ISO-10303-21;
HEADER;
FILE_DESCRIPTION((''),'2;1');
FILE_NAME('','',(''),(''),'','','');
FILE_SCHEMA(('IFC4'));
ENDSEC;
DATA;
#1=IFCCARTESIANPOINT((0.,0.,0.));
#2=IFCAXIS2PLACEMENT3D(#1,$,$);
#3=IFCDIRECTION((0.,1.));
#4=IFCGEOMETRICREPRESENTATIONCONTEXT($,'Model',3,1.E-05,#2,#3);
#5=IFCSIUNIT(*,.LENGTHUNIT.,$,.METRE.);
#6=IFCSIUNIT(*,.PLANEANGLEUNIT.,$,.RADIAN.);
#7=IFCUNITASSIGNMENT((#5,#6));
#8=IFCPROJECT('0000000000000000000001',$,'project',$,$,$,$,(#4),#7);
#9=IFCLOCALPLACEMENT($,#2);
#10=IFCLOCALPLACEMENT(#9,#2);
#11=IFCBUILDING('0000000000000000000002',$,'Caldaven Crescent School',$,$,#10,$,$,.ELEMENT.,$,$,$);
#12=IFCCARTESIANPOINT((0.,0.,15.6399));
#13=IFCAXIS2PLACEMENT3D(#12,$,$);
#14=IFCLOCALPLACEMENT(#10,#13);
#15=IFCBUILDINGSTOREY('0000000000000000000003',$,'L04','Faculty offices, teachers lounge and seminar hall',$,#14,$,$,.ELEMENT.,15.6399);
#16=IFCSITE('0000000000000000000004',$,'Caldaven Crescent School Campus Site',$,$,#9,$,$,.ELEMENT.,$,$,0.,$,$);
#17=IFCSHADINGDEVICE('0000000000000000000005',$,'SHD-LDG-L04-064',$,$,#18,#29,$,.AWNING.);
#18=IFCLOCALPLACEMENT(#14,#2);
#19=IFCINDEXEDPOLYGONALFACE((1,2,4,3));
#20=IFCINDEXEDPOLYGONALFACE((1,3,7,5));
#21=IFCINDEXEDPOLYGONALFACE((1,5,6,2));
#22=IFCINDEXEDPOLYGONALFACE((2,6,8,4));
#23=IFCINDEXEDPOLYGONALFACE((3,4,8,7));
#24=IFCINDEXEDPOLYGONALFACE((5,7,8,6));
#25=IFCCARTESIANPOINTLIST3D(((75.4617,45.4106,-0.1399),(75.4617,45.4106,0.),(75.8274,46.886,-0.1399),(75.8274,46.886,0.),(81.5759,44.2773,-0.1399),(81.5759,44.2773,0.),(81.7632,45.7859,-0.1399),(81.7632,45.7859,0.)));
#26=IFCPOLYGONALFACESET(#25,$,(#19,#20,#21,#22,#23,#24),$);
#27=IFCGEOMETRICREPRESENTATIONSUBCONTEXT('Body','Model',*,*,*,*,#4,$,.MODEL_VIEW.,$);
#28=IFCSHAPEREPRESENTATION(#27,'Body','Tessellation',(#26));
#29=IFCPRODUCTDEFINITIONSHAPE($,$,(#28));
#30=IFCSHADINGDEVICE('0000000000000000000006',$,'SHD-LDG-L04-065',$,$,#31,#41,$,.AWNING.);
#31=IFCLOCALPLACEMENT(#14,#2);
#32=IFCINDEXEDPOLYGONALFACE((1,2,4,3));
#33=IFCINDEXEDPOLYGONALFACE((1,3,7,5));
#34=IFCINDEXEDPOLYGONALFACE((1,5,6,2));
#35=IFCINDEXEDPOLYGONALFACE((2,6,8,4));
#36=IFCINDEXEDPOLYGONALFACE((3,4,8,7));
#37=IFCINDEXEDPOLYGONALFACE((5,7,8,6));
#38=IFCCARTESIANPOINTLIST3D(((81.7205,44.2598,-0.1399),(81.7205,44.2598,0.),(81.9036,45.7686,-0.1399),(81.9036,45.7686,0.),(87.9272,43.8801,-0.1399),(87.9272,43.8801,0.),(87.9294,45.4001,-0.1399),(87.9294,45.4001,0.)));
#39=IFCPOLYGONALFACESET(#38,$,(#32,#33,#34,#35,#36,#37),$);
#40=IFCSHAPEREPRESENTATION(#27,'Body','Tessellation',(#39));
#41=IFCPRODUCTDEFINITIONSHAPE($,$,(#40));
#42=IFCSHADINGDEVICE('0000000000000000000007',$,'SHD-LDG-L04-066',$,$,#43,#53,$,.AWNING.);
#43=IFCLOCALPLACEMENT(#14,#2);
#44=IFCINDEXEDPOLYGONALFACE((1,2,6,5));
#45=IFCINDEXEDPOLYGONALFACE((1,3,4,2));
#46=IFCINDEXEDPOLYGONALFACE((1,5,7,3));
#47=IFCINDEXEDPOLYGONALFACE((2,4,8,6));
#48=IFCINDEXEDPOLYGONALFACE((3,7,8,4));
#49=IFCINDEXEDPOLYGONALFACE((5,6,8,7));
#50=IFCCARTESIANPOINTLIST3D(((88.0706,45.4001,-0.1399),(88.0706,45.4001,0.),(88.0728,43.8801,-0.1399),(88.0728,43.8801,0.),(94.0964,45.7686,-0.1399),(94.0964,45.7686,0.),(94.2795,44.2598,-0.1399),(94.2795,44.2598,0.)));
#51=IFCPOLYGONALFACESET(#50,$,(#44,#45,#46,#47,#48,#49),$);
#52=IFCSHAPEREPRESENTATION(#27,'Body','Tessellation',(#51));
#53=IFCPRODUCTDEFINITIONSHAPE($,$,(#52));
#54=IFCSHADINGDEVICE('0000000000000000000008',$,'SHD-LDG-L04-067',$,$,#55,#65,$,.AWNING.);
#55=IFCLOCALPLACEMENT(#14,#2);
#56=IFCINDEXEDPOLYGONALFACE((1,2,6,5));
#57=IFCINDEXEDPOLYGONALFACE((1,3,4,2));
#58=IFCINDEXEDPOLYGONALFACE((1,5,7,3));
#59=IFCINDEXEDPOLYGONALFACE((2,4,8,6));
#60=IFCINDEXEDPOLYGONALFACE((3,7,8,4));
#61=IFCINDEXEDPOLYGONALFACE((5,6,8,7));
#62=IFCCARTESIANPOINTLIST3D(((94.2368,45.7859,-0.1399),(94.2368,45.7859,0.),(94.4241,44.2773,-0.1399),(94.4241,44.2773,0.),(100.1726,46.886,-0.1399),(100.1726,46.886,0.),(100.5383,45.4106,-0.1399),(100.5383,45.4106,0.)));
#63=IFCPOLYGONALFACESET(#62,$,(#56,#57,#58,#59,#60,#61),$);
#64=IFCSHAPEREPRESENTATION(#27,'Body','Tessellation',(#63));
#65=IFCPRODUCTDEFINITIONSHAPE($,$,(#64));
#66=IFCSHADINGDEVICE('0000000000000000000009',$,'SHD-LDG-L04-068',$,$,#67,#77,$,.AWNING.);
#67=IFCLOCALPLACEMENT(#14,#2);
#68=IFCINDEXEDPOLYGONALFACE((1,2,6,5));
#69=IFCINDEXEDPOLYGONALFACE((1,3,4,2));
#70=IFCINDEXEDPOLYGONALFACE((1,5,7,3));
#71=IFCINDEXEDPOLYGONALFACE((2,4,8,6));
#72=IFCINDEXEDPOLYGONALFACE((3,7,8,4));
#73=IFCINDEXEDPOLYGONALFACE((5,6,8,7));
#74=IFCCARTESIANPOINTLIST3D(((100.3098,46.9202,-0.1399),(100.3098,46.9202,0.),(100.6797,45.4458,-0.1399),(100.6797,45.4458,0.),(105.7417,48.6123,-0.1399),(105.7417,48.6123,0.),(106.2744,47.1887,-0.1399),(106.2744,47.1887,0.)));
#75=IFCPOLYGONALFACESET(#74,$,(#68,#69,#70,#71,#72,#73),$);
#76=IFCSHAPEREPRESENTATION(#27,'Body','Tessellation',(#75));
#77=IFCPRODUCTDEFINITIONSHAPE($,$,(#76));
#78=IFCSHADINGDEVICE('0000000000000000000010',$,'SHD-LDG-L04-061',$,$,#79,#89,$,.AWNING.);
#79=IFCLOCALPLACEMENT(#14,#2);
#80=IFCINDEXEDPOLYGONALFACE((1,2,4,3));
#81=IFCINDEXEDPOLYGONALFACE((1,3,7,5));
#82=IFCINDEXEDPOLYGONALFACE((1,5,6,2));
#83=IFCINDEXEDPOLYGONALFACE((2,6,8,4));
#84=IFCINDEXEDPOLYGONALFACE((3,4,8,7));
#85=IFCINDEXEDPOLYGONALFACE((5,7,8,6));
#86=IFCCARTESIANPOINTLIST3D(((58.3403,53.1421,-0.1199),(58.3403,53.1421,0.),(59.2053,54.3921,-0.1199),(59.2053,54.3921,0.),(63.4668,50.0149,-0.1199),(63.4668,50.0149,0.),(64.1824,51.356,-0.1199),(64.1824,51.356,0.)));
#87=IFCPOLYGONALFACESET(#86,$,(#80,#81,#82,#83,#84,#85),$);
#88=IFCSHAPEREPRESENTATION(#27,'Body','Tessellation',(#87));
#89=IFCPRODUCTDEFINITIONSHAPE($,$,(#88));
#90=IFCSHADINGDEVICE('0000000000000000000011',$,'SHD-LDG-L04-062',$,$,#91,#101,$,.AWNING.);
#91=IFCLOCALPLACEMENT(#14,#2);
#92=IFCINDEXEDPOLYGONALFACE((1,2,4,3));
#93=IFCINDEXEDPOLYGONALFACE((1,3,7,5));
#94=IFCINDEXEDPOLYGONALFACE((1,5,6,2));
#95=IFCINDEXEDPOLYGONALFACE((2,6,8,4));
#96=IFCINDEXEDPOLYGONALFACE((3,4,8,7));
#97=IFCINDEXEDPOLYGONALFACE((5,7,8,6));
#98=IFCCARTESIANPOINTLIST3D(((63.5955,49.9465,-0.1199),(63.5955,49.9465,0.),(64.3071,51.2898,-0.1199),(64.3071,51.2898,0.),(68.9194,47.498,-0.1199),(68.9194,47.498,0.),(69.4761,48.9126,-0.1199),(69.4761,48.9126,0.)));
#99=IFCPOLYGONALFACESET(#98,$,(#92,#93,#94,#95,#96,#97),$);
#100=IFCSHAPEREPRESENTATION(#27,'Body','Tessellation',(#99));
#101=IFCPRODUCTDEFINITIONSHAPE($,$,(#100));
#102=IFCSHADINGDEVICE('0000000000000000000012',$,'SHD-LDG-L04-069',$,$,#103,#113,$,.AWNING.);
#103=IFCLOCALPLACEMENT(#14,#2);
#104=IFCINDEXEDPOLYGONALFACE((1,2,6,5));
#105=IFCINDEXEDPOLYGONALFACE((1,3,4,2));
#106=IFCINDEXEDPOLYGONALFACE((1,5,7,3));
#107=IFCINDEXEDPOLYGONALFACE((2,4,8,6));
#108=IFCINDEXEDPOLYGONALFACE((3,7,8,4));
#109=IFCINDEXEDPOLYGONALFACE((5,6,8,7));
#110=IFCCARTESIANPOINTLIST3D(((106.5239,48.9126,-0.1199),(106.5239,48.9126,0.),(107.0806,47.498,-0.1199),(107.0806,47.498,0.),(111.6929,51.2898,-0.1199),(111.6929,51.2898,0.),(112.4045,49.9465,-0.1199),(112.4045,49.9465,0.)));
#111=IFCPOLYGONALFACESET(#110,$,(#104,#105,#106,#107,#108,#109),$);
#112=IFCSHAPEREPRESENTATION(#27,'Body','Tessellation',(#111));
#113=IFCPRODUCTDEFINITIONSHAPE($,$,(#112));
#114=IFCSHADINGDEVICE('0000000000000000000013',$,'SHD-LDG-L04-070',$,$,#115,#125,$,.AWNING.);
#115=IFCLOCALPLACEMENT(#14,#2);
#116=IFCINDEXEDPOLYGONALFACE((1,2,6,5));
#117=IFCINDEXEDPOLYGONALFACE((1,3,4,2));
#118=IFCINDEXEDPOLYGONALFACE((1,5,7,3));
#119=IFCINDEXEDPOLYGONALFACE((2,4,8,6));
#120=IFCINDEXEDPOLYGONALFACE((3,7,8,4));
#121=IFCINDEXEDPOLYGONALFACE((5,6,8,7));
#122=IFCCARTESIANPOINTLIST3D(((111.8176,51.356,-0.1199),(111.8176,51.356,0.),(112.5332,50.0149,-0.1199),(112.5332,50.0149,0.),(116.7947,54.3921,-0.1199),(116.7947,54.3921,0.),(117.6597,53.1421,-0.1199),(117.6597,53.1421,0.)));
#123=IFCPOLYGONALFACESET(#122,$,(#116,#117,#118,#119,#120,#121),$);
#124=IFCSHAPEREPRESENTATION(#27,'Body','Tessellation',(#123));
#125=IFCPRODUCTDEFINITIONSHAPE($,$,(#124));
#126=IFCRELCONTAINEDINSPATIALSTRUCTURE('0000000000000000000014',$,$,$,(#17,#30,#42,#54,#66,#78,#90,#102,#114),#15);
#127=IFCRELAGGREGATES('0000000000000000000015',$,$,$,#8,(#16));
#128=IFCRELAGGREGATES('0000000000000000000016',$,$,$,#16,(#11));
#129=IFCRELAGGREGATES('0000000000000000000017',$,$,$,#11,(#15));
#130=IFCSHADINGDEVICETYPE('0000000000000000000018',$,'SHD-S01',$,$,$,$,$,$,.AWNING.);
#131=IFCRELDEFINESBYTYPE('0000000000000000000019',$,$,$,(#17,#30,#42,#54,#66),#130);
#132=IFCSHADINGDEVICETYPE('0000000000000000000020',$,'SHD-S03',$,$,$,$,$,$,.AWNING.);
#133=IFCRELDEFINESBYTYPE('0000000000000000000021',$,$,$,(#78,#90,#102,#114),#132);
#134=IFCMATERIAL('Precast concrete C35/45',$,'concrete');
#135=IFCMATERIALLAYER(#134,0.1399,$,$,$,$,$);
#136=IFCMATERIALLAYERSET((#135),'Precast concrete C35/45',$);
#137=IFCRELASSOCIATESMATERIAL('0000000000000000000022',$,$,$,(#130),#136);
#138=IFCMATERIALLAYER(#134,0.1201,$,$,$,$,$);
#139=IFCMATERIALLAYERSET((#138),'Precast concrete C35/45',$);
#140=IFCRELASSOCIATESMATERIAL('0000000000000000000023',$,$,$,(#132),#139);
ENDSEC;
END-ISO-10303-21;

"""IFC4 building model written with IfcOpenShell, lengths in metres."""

from ifc_helpers import new_model, si_unit, direction, frame, origin, place, context, subcontext, project, spatial, polyline, outline, extrude, material, layer, layer_set, type_object, element, save


model = new_model("IFC4")

# Units and contexts
model_context = context("Model", 3, precision=1e-05, world=origin(), true_north=direction((0.0, 1.0)))
body_context = subcontext(model_context, "Body", "Model", "MODEL_VIEW")
ifc_project = project(units=[si_unit("LENGTHUNIT", "METRE"), si_unit("PLANEANGLEUNIT", "RADIAN")], contexts=[model_context])

# Site, building, storey
site_placement = place(None, origin())
site = spatial("IfcSite", under=ifc_project, at=site_placement, Name="Caldaven Crescent School Campus Site", CompositionType="ELEMENT", RefElevation=0.0)
building_placement = place(site_placement, origin())
building = spatial("IfcBuilding", under=site, at=building_placement, Name="Caldaven Crescent School", CompositionType="ELEMENT")
storey_placement = place(building_placement, frame((0.0, 0.0, 15.6399)))
storey = spatial("IfcBuildingStorey", under=building, at=storey_placement, Name="L04", Description="Faculty offices, teachers lounge and seminar hall", CompositionType="ELEMENT", Elevation=15.6399)

# Shading devices
ifc_material_1 = material(Name="Precast concrete C35/45", Category="concrete")
ifc_layer_1 = layer(ifc_material_1, 0.1399)
ifc_layer_set_1 = layer_set([ifc_layer_1], Name="Precast concrete C35/45")
shading_device_type_1 = type_object("IfcShadingDeviceType", Name="SHD-S01", PredefinedType="AWNING", material=ifc_layer_set_1)
shading_device_1_placement = place(storey_placement, frame((0.0, 0.0, -0.1399)))
element("IfcShadingDevice", 1, at=shading_device_1_placement, inside=storey, type_object=shading_device_type_1, Name="SHD-LDG-L04-064", PredefinedType="AWNING", context=body_context, shape_type="SweptSolid", body=[
    extrude(outline(polyline([(75.8274, 46.886), (81.7632, 45.7859), (81.5759, 44.2773), (75.4617, 45.4106), (75.8274, 46.886)])), origin(), (0.0, 0.0, 1.0), 0.1399),
])
shading_device_2_placement = place(storey_placement, frame((0.0, 0.0, -0.1399)))
element("IfcShadingDevice", 2, at=shading_device_2_placement, inside=storey, type_object=shading_device_type_1, Name="SHD-LDG-L04-065", PredefinedType="AWNING", context=body_context, shape_type="SweptSolid", body=[
    extrude(outline(polyline([(81.9036, 45.7686), (87.9294, 45.4001), (87.9272, 43.8801), (81.7205, 44.2598), (81.9036, 45.7686)])), origin(), (0.0, 0.0, 1.0), 0.1399),
])
shading_device_3_placement = place(storey_placement, frame((0.0, 0.0, -0.1399)))
element("IfcShadingDevice", 3, at=shading_device_3_placement, inside=storey, type_object=shading_device_type_1, Name="SHD-LDG-L04-066", PredefinedType="AWNING", context=body_context, shape_type="SweptSolid", body=[
    extrude(outline(polyline([(88.0706, 45.4001), (94.0964, 45.7686), (94.2795, 44.2598), (88.0728, 43.8801), (88.0706, 45.4001)])), origin(), (0.0, 0.0, 1.0), 0.1399),
])
shading_device_4_placement = place(storey_placement, frame((0.0, 0.0, -0.1399)))
element("IfcShadingDevice", 4, at=shading_device_4_placement, inside=storey, type_object=shading_device_type_1, Name="SHD-LDG-L04-067", PredefinedType="AWNING", context=body_context, shape_type="SweptSolid", body=[
    extrude(outline(polyline([(94.2368, 45.7859), (100.1726, 46.886), (100.5383, 45.4106), (94.4241, 44.2773), (94.2368, 45.7859)])), origin(), (0.0, 0.0, 1.0), 0.1399),
])
shading_device_5_placement = place(storey_placement, frame((0.0, 0.0, -0.1399)))
element("IfcShadingDevice", 5, at=shading_device_5_placement, inside=storey, type_object=shading_device_type_1, Name="SHD-LDG-L04-068", PredefinedType="AWNING", context=body_context, shape_type="SweptSolid", body=[
    extrude(outline(polyline([(100.3098, 46.9202), (105.7417, 48.6123), (106.2744, 47.1887), (100.6797, 45.4458), (100.3098, 46.9202)])), origin(), (0.0, 0.0, 1.0), 0.1399),
])
ifc_layer_2 = layer(ifc_material_1, 0.1201)
ifc_layer_set_2 = layer_set([ifc_layer_2], Name="Precast concrete C35/45")
shading_device_type_2 = type_object("IfcShadingDeviceType", Name="SHD-S03", PredefinedType="AWNING", material=ifc_layer_set_2)
shading_device_6_placement = place(storey_placement, frame((0.0, 0.0, -0.1199)))
element("IfcShadingDevice", 6, at=shading_device_6_placement, inside=storey, type_object=shading_device_type_2, Name="SHD-LDG-L04-061", PredefinedType="AWNING", context=body_context, shape_type="SweptSolid", body=[
    extrude(outline(polyline([(59.2053, 54.3921), (64.1824, 51.356), (63.4668, 50.0149), (58.3403, 53.1421), (59.2053, 54.3921)])), origin(), (0.0, 0.0, 1.0), 0.1199),
])
shading_device_7_placement = place(storey_placement, frame((0.0, 0.0, -0.1199)))
element("IfcShadingDevice", 7, at=shading_device_7_placement, inside=storey, type_object=shading_device_type_2, Name="SHD-LDG-L04-062", PredefinedType="AWNING", context=body_context, shape_type="SweptSolid", body=[
    extrude(outline(polyline([(64.3071, 51.2898), (69.4761, 48.9126), (68.9194, 47.498), (63.5955, 49.9465), (64.3071, 51.2898)])), origin(), (0.0, 0.0, 1.0), 0.1199),
])
shading_device_8_placement = place(storey_placement, frame((0.0, 0.0, -0.1199)))
element("IfcShadingDevice", 8, at=shading_device_8_placement, inside=storey, type_object=shading_device_type_2, Name="SHD-LDG-L04-069", PredefinedType="AWNING", context=body_context, shape_type="SweptSolid", body=[
    extrude(outline(polyline([(106.5239, 48.9126), (111.6929, 51.2898), (112.4045, 49.9465), (107.0806, 47.498), (106.5239, 48.9126)])), origin(), (0.0, 0.0, 1.0), 0.1199),
])
shading_device_9_placement = place(storey_placement, frame((0.0, 0.0, -0.1199)))
element("IfcShadingDevice", 9, at=shading_device_9_placement, inside=storey, type_object=shading_device_type_2, Name="SHD-LDG-L04-070", PredefinedType="AWNING", context=body_context, shape_type="SweptSolid", body=[
    extrude(outline(polyline([(111.8176, 51.356), (116.7947, 54.3921), (117.6597, 53.1421), (112.5332, 50.0149), (111.8176, 51.356)])), origin(), (0.0, 0.0, 1.0), 0.1199),
])

save(model, "model.ifc")
